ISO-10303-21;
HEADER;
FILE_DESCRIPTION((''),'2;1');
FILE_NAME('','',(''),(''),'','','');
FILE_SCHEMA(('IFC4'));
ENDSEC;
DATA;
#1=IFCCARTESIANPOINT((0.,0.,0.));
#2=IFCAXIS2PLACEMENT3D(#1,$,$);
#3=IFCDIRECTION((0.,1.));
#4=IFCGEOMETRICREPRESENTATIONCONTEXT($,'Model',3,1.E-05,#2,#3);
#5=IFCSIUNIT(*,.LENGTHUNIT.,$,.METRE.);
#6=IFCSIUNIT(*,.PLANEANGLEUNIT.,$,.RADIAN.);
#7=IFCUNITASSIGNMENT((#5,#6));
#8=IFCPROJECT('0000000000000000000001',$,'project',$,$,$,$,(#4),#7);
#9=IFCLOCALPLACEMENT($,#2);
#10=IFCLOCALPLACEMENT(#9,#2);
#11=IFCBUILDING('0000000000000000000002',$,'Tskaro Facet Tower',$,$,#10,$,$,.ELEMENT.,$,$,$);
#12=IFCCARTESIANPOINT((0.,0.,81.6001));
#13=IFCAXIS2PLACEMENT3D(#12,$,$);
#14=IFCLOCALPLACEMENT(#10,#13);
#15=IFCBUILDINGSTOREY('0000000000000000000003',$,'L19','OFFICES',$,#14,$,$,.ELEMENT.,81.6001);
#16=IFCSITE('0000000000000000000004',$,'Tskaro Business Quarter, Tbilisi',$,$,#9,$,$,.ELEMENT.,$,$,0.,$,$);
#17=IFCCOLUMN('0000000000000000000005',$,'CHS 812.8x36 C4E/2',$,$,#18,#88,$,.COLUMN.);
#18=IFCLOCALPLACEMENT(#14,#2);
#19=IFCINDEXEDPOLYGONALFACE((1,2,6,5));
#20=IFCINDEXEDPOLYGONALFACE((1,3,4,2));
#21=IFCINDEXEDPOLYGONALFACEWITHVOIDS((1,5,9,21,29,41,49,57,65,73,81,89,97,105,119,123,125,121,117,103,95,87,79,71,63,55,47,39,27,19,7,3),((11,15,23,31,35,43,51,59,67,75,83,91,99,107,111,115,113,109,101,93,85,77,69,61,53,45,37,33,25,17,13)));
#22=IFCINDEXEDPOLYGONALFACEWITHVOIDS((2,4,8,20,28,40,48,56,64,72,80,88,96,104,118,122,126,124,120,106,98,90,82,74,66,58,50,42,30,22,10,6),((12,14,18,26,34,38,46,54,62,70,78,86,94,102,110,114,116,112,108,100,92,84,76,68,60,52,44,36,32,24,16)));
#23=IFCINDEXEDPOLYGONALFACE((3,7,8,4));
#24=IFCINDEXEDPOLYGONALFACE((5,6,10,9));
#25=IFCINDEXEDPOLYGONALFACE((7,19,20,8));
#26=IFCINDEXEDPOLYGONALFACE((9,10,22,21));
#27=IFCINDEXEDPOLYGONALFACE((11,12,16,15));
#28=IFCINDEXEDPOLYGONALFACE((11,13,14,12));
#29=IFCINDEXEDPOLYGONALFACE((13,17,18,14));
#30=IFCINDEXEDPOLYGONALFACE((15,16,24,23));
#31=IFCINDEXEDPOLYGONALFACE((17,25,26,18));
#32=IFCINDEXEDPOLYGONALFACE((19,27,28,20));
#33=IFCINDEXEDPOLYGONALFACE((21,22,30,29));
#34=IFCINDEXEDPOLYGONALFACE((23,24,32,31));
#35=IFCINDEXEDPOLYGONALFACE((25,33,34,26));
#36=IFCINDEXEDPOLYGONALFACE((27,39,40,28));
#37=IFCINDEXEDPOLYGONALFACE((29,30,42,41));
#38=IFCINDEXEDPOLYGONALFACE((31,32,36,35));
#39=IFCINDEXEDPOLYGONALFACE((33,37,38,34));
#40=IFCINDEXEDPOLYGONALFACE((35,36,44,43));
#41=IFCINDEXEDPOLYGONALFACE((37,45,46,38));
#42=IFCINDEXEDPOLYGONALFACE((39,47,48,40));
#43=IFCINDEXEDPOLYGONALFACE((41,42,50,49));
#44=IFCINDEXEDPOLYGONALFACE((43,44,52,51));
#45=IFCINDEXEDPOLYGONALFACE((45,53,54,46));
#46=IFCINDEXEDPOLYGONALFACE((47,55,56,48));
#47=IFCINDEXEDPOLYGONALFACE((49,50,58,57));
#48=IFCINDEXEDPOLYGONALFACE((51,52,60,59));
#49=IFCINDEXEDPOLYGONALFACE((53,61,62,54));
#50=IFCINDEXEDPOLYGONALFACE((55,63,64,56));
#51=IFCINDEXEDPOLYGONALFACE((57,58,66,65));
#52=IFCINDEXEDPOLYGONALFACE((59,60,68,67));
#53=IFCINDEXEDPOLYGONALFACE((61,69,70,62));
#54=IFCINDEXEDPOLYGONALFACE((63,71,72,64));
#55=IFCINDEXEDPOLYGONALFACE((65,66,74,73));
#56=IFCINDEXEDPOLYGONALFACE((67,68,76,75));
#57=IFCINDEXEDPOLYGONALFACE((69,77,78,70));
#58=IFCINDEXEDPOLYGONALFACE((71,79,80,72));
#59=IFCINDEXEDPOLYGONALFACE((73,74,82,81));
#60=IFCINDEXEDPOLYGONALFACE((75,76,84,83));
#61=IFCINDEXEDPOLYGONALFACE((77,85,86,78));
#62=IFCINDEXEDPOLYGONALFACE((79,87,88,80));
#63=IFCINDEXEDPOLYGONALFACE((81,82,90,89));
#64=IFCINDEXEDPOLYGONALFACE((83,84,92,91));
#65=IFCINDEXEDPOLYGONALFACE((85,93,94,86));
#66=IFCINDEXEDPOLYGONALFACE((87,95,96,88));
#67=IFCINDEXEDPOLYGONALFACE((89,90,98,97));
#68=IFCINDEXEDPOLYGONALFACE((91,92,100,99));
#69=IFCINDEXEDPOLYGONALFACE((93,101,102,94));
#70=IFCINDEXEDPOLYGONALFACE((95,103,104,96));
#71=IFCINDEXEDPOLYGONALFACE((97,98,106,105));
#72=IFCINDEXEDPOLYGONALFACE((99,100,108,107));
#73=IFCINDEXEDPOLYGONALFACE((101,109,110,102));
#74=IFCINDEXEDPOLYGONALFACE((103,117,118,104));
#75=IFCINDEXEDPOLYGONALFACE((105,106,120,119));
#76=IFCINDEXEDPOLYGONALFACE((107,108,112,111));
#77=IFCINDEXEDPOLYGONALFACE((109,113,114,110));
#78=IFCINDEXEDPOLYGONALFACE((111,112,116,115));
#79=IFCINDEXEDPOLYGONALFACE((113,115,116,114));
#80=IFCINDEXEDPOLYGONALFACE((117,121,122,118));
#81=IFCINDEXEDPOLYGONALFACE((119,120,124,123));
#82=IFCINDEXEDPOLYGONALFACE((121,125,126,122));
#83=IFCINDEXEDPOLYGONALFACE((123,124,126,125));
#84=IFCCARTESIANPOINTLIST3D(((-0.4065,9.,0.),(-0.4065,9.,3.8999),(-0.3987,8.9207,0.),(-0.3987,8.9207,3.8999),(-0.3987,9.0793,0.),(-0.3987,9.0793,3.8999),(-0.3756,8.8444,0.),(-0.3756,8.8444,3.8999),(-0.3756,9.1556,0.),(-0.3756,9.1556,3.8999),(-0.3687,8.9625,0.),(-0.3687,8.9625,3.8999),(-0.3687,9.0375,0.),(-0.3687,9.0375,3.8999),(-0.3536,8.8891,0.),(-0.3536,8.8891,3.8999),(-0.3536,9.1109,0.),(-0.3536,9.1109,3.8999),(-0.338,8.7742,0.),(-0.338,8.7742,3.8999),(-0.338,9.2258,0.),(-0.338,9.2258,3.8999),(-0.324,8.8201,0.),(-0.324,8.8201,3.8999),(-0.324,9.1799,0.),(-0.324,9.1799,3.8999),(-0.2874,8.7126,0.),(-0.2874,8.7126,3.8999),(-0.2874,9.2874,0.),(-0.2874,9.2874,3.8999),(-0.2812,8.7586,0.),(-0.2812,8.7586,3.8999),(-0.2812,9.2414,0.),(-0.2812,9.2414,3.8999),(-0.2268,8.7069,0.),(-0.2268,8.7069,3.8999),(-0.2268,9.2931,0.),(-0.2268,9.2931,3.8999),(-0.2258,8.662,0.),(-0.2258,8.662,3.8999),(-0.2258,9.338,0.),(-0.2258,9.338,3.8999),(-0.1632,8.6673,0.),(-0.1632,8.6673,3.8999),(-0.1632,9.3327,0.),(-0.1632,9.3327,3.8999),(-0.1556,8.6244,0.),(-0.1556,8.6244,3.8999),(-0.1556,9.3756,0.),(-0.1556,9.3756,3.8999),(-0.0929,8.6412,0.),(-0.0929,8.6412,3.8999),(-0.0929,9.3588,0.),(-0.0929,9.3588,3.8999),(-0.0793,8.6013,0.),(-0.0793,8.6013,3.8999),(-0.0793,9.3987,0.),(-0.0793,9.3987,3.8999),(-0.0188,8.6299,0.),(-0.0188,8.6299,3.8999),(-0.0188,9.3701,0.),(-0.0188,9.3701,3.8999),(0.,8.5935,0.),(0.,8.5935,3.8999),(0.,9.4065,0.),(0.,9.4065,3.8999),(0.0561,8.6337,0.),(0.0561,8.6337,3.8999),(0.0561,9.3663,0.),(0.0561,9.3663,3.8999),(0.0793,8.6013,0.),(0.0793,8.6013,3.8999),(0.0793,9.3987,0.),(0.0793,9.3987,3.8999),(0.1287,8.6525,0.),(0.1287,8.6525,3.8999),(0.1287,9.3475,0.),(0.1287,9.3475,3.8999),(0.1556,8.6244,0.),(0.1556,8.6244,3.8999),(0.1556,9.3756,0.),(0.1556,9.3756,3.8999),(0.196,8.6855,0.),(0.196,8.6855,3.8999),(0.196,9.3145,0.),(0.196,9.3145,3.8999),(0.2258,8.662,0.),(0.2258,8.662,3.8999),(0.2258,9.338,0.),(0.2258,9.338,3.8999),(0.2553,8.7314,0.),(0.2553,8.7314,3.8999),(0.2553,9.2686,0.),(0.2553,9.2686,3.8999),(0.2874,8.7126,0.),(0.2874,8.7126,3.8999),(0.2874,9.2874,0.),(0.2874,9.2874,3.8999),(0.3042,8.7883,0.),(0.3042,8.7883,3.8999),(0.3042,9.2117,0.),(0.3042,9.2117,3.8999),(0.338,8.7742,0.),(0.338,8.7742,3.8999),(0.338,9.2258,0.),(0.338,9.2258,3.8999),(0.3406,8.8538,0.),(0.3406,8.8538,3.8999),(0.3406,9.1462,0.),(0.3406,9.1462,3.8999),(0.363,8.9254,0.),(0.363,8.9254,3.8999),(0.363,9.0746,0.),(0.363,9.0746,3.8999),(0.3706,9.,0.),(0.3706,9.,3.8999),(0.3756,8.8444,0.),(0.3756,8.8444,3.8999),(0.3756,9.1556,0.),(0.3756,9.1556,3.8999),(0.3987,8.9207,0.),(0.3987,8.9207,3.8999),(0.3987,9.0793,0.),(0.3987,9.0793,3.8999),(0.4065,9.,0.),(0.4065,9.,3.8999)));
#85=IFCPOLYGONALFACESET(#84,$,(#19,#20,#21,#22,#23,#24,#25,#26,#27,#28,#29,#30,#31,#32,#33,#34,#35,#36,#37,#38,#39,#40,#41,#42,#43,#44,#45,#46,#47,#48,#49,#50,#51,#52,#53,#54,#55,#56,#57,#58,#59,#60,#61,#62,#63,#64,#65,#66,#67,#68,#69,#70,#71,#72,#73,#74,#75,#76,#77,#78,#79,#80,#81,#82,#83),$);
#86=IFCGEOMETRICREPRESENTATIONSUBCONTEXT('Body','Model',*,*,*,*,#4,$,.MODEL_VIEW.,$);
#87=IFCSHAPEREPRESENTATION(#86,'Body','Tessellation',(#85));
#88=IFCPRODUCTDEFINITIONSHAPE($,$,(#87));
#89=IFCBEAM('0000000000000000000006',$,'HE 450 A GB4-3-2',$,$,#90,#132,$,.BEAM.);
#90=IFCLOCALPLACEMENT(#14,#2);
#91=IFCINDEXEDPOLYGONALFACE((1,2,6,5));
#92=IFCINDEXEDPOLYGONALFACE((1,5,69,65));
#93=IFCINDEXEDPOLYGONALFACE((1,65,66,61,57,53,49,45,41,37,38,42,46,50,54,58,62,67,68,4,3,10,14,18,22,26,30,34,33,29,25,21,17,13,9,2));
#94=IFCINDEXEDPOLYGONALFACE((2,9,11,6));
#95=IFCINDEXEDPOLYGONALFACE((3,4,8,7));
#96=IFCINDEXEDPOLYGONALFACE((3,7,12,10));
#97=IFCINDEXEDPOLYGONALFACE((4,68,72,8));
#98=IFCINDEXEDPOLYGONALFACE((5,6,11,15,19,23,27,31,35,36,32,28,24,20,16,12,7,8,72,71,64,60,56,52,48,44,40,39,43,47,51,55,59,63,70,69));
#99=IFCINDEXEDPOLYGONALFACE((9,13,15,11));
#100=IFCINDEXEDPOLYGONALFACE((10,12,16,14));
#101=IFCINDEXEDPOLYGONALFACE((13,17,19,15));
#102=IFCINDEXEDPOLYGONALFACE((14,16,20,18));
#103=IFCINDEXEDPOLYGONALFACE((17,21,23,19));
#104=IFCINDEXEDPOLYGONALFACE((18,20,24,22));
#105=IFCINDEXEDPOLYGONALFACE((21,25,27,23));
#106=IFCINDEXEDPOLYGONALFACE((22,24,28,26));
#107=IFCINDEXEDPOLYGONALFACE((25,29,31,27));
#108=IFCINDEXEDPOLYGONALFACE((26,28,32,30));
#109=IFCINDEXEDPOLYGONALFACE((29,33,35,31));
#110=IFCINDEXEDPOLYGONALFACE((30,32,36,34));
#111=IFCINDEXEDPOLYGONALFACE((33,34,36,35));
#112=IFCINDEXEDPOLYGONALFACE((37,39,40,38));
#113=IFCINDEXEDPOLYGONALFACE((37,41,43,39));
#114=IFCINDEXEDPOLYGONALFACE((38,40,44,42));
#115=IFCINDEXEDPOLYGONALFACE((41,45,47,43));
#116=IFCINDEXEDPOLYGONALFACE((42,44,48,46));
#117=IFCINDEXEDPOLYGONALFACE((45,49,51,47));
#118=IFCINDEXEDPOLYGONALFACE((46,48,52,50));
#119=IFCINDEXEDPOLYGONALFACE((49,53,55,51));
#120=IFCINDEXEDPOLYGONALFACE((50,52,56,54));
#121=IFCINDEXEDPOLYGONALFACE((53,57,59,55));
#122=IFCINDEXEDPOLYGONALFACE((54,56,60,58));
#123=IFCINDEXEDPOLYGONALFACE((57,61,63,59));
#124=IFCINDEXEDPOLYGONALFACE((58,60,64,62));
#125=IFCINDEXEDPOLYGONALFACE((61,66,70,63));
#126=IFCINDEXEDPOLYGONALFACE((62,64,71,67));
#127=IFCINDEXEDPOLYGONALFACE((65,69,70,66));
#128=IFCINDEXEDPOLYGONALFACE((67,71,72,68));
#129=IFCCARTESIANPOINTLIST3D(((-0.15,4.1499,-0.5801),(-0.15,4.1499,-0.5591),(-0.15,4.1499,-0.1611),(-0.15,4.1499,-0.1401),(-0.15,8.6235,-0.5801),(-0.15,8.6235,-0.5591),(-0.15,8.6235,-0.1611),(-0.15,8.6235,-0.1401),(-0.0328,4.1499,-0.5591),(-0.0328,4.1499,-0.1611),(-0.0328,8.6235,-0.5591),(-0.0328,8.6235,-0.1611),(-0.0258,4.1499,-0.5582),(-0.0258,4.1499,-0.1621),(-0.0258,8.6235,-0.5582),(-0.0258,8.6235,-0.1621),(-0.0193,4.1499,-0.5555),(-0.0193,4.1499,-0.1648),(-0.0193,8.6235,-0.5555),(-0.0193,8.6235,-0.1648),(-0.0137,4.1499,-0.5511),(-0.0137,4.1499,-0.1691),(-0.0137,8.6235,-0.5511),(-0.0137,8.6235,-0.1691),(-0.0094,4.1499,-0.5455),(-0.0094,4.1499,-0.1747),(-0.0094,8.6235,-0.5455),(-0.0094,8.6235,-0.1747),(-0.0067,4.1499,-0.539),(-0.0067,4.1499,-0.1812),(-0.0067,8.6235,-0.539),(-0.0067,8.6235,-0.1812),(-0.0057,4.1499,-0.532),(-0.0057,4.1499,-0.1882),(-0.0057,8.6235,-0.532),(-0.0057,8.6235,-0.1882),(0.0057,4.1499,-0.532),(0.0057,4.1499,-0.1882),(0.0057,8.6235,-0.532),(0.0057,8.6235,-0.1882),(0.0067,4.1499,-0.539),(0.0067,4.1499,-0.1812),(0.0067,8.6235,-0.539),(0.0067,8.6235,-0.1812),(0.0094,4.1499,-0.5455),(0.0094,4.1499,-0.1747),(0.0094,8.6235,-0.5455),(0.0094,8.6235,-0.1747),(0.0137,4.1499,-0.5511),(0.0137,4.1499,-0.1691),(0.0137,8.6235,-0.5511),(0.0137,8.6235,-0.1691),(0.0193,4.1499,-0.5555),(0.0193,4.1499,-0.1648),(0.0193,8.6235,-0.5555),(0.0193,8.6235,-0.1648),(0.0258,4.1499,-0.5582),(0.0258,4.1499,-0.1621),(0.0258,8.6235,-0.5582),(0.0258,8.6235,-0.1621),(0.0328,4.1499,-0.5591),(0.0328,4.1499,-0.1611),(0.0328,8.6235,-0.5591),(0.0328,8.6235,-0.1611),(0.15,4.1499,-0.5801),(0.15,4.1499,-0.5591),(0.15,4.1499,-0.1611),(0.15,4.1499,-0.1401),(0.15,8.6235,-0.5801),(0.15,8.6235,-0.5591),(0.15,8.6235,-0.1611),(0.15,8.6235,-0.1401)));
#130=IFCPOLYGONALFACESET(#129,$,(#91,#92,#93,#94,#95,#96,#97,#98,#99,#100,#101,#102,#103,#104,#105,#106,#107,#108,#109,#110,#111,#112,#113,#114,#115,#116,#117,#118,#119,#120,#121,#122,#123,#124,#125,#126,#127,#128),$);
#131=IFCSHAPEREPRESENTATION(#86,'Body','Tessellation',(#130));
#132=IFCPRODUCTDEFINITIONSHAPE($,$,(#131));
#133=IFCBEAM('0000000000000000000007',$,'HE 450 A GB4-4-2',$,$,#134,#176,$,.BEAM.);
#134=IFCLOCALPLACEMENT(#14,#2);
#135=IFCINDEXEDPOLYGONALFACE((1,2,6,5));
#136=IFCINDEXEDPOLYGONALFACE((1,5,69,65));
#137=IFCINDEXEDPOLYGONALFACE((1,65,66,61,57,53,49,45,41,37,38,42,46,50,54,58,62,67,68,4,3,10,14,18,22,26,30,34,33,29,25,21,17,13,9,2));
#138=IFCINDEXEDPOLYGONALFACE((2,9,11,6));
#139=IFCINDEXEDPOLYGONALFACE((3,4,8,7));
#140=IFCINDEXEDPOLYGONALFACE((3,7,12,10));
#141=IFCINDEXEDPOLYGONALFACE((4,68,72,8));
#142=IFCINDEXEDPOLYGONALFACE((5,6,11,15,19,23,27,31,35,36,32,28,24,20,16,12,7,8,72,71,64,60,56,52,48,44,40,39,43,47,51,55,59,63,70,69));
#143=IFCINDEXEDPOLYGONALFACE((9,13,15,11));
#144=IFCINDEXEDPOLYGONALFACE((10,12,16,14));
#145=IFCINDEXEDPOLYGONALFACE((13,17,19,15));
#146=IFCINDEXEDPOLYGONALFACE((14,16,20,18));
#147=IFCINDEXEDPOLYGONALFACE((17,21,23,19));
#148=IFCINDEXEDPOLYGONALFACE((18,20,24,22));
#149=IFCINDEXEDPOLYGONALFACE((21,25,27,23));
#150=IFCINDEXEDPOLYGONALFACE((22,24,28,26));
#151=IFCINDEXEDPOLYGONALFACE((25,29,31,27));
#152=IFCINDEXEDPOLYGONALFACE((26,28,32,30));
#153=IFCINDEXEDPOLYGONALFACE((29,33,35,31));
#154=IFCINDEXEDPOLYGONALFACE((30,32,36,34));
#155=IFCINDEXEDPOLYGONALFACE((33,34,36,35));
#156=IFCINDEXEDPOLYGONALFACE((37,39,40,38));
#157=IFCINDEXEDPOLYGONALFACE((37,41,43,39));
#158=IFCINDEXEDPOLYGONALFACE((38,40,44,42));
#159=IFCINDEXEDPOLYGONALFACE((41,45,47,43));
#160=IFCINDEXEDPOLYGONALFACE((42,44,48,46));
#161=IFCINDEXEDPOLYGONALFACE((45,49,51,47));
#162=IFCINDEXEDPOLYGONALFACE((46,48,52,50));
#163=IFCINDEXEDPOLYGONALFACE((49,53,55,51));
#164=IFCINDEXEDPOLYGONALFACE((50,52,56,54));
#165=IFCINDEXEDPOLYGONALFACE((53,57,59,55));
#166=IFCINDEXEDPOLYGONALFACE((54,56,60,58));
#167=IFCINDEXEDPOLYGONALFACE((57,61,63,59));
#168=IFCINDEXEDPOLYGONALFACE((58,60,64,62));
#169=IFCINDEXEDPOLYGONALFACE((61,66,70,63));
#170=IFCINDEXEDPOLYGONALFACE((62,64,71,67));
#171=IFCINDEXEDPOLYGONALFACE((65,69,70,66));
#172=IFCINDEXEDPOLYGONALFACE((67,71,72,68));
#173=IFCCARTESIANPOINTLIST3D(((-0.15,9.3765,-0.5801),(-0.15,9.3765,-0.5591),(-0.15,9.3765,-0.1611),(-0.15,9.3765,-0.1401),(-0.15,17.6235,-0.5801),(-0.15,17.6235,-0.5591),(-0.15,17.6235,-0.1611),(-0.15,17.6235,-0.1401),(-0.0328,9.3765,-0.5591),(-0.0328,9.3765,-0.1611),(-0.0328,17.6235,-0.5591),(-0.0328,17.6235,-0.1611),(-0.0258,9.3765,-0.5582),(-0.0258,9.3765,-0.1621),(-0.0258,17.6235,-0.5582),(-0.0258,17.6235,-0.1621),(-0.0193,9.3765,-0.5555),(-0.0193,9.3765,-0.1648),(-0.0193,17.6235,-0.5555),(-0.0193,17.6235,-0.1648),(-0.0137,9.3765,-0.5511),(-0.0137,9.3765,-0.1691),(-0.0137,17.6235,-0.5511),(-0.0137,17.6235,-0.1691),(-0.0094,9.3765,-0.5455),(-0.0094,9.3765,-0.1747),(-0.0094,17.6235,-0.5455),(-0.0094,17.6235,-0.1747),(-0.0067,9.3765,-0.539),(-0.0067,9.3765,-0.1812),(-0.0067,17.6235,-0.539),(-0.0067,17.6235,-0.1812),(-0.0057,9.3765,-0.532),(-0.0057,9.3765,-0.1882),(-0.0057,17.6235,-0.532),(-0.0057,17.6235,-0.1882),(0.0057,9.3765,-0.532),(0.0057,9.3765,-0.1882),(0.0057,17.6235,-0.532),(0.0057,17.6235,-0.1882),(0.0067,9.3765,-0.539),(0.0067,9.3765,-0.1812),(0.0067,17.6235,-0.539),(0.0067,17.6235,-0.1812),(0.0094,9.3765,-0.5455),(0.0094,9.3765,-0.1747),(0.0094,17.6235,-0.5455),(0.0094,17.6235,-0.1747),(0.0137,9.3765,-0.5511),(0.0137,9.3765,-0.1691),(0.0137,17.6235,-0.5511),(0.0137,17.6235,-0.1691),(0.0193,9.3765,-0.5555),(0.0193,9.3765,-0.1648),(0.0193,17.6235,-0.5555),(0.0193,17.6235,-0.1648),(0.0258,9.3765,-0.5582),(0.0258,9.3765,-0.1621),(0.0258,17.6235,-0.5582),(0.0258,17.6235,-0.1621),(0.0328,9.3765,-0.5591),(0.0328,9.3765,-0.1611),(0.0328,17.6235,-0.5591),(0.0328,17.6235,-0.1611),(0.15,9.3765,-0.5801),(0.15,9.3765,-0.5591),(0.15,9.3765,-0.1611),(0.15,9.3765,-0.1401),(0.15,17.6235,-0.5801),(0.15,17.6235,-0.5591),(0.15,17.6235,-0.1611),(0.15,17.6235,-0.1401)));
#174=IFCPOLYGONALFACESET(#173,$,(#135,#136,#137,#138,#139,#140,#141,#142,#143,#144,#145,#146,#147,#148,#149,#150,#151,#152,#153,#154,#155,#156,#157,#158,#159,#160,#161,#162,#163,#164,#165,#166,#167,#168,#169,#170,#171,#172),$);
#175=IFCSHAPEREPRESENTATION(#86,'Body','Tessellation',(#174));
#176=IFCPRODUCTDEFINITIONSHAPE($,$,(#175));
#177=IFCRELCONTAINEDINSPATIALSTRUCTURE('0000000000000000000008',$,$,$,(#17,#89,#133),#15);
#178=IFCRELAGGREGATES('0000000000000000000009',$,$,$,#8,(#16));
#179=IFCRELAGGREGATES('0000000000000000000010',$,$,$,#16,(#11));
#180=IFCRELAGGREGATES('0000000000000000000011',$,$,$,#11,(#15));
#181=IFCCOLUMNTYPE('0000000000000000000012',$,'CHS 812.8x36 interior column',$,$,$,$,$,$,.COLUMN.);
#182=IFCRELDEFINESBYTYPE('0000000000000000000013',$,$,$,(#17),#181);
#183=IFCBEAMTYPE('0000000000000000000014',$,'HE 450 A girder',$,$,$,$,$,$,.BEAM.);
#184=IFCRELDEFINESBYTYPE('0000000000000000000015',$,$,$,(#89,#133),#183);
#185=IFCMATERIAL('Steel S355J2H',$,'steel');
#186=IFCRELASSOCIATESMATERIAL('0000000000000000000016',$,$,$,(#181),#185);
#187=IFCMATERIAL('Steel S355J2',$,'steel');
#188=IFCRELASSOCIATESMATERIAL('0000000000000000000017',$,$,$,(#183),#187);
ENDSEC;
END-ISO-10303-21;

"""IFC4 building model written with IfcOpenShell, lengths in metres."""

from ifc_helpers import new_model, si_unit, direction, frame, origin, origin_2d, place, context, subcontext, project, spatial, hollow_circle, i_section, extrude, material, material_profile, profile_set, type_object, element, save


model = new_model("IFC4")

# Units and contexts
model_context = context("Model", 3, precision=1e-05, world=origin(), true_north=direction((0.0, 1.0)))
body_context = subcontext(model_context, "Body", "Model", "MODEL_VIEW")
ifc_project = project(units=[si_unit("LENGTHUNIT", "METRE"), si_unit("PLANEANGLEUNIT", "RADIAN")], contexts=[model_context])

# Site, building, storey
site_placement = place(None, origin())
site = spatial("IfcSite", under=ifc_project, at=site_placement, Name="Tskaro Business Quarter, Tbilisi", CompositionType="ELEMENT", RefElevation=0.0)
building_placement = place(site_placement, origin())
building = spatial("IfcBuilding", under=site, at=building_placement, Name="Tskaro Facet Tower", CompositionType="ELEMENT")
storey_placement = place(building_placement, frame((0.0, 0.0, 81.6001)))
storey = spatial("IfcBuildingStorey", under=building, at=storey_placement, Name="L19", Description="OFFICES", CompositionType="ELEMENT", Elevation=81.6001)

# Column
ifc_material_1 = material(Name="Steel S355J2H", Category="steel")
ifc_material_profile_1 = material_profile(ifc_material_1, hollow_circle(Radius=0.4065, WallThickness=0.0359, at=origin_2d()), Name="CHS 812.8x36")
ifc_profile_set_1 = profile_set([ifc_material_profile_1], Name="Steel S355J2H")
column_type = type_object("IfcColumnType", Name="CHS 812.8x36 interior column", PredefinedType="COLUMN", material=ifc_profile_set_1)
column_placement = place(storey_placement, frame((0.0, 9.0, 0.0), z_axis=(0.0, 0.0, 1.0), x_axis=(1.0, 0.0, 0.0)))
element("IfcColumn", 1, at=column_placement, inside=storey, type_object=column_type, Name="CHS 812.8x36 C4E/2", PredefinedType="COLUMN", context=body_context, shape_type="SweptSolid", body=[
    extrude(hollow_circle(Radius=0.4065, WallThickness=0.0359, at=origin_2d()), origin(), (0.0, 0.0, 1.0), 3.8999),
])

# Beams
ifc_material_2 = material(Name="Steel S355J2", Category="steel")
ifc_material_profile_2 = material_profile(ifc_material_2, i_section(OverallWidth=0.3, OverallDepth=0.4399, WebThickness=0.0115, FlangeThickness=0.021, FilletRadius=0.0271, at=origin_2d()), Name="HE 450 A")
ifc_profile_set_2 = profile_set([ifc_material_profile_2], Name="Steel S355J2")
beam_type = type_object("IfcBeamType", Name="HE 450 A girder", PredefinedType="BEAM", material=ifc_profile_set_2)
beam_1_placement = place(storey_placement, frame((0.0, 4.1499, -0.3601), z_axis=(0.0, 1.0, 0.0), x_axis=(-1.0, 0.0, 0.0)))
element("IfcBeam", 2, at=beam_1_placement, inside=storey, type_object=beam_type, Name="HE 450 A GB4-3-2", PredefinedType="BEAM", context=body_context, shape_type="SweptSolid", body=[
    extrude(i_section(OverallWidth=0.3, OverallDepth=0.4399, WebThickness=0.0115, FlangeThickness=0.021, FilletRadius=0.0271, at=origin_2d()), origin(), (0.0, 0.0, 1.0), 4.4736),
])
beam_2_placement = place(storey_placement, frame((0.0, 9.3765, -0.3601), z_axis=(0.0, 1.0, 0.0), x_axis=(-1.0, 0.0, 0.0)))
element("IfcBeam", 3, at=beam_2_placement, inside=storey, type_object=beam_type, Name="HE 450 A GB4-4-2", PredefinedType="BEAM", context=body_context, shape_type="SweptSolid", body=[
    extrude(i_section(OverallWidth=0.3, OverallDepth=0.4399, WebThickness=0.0115, FlangeThickness=0.021, FilletRadius=0.0271, at=origin_2d()), origin(), (0.0, 0.0, 1.0), 8.2471),
])

save(model, "model.ifc")
